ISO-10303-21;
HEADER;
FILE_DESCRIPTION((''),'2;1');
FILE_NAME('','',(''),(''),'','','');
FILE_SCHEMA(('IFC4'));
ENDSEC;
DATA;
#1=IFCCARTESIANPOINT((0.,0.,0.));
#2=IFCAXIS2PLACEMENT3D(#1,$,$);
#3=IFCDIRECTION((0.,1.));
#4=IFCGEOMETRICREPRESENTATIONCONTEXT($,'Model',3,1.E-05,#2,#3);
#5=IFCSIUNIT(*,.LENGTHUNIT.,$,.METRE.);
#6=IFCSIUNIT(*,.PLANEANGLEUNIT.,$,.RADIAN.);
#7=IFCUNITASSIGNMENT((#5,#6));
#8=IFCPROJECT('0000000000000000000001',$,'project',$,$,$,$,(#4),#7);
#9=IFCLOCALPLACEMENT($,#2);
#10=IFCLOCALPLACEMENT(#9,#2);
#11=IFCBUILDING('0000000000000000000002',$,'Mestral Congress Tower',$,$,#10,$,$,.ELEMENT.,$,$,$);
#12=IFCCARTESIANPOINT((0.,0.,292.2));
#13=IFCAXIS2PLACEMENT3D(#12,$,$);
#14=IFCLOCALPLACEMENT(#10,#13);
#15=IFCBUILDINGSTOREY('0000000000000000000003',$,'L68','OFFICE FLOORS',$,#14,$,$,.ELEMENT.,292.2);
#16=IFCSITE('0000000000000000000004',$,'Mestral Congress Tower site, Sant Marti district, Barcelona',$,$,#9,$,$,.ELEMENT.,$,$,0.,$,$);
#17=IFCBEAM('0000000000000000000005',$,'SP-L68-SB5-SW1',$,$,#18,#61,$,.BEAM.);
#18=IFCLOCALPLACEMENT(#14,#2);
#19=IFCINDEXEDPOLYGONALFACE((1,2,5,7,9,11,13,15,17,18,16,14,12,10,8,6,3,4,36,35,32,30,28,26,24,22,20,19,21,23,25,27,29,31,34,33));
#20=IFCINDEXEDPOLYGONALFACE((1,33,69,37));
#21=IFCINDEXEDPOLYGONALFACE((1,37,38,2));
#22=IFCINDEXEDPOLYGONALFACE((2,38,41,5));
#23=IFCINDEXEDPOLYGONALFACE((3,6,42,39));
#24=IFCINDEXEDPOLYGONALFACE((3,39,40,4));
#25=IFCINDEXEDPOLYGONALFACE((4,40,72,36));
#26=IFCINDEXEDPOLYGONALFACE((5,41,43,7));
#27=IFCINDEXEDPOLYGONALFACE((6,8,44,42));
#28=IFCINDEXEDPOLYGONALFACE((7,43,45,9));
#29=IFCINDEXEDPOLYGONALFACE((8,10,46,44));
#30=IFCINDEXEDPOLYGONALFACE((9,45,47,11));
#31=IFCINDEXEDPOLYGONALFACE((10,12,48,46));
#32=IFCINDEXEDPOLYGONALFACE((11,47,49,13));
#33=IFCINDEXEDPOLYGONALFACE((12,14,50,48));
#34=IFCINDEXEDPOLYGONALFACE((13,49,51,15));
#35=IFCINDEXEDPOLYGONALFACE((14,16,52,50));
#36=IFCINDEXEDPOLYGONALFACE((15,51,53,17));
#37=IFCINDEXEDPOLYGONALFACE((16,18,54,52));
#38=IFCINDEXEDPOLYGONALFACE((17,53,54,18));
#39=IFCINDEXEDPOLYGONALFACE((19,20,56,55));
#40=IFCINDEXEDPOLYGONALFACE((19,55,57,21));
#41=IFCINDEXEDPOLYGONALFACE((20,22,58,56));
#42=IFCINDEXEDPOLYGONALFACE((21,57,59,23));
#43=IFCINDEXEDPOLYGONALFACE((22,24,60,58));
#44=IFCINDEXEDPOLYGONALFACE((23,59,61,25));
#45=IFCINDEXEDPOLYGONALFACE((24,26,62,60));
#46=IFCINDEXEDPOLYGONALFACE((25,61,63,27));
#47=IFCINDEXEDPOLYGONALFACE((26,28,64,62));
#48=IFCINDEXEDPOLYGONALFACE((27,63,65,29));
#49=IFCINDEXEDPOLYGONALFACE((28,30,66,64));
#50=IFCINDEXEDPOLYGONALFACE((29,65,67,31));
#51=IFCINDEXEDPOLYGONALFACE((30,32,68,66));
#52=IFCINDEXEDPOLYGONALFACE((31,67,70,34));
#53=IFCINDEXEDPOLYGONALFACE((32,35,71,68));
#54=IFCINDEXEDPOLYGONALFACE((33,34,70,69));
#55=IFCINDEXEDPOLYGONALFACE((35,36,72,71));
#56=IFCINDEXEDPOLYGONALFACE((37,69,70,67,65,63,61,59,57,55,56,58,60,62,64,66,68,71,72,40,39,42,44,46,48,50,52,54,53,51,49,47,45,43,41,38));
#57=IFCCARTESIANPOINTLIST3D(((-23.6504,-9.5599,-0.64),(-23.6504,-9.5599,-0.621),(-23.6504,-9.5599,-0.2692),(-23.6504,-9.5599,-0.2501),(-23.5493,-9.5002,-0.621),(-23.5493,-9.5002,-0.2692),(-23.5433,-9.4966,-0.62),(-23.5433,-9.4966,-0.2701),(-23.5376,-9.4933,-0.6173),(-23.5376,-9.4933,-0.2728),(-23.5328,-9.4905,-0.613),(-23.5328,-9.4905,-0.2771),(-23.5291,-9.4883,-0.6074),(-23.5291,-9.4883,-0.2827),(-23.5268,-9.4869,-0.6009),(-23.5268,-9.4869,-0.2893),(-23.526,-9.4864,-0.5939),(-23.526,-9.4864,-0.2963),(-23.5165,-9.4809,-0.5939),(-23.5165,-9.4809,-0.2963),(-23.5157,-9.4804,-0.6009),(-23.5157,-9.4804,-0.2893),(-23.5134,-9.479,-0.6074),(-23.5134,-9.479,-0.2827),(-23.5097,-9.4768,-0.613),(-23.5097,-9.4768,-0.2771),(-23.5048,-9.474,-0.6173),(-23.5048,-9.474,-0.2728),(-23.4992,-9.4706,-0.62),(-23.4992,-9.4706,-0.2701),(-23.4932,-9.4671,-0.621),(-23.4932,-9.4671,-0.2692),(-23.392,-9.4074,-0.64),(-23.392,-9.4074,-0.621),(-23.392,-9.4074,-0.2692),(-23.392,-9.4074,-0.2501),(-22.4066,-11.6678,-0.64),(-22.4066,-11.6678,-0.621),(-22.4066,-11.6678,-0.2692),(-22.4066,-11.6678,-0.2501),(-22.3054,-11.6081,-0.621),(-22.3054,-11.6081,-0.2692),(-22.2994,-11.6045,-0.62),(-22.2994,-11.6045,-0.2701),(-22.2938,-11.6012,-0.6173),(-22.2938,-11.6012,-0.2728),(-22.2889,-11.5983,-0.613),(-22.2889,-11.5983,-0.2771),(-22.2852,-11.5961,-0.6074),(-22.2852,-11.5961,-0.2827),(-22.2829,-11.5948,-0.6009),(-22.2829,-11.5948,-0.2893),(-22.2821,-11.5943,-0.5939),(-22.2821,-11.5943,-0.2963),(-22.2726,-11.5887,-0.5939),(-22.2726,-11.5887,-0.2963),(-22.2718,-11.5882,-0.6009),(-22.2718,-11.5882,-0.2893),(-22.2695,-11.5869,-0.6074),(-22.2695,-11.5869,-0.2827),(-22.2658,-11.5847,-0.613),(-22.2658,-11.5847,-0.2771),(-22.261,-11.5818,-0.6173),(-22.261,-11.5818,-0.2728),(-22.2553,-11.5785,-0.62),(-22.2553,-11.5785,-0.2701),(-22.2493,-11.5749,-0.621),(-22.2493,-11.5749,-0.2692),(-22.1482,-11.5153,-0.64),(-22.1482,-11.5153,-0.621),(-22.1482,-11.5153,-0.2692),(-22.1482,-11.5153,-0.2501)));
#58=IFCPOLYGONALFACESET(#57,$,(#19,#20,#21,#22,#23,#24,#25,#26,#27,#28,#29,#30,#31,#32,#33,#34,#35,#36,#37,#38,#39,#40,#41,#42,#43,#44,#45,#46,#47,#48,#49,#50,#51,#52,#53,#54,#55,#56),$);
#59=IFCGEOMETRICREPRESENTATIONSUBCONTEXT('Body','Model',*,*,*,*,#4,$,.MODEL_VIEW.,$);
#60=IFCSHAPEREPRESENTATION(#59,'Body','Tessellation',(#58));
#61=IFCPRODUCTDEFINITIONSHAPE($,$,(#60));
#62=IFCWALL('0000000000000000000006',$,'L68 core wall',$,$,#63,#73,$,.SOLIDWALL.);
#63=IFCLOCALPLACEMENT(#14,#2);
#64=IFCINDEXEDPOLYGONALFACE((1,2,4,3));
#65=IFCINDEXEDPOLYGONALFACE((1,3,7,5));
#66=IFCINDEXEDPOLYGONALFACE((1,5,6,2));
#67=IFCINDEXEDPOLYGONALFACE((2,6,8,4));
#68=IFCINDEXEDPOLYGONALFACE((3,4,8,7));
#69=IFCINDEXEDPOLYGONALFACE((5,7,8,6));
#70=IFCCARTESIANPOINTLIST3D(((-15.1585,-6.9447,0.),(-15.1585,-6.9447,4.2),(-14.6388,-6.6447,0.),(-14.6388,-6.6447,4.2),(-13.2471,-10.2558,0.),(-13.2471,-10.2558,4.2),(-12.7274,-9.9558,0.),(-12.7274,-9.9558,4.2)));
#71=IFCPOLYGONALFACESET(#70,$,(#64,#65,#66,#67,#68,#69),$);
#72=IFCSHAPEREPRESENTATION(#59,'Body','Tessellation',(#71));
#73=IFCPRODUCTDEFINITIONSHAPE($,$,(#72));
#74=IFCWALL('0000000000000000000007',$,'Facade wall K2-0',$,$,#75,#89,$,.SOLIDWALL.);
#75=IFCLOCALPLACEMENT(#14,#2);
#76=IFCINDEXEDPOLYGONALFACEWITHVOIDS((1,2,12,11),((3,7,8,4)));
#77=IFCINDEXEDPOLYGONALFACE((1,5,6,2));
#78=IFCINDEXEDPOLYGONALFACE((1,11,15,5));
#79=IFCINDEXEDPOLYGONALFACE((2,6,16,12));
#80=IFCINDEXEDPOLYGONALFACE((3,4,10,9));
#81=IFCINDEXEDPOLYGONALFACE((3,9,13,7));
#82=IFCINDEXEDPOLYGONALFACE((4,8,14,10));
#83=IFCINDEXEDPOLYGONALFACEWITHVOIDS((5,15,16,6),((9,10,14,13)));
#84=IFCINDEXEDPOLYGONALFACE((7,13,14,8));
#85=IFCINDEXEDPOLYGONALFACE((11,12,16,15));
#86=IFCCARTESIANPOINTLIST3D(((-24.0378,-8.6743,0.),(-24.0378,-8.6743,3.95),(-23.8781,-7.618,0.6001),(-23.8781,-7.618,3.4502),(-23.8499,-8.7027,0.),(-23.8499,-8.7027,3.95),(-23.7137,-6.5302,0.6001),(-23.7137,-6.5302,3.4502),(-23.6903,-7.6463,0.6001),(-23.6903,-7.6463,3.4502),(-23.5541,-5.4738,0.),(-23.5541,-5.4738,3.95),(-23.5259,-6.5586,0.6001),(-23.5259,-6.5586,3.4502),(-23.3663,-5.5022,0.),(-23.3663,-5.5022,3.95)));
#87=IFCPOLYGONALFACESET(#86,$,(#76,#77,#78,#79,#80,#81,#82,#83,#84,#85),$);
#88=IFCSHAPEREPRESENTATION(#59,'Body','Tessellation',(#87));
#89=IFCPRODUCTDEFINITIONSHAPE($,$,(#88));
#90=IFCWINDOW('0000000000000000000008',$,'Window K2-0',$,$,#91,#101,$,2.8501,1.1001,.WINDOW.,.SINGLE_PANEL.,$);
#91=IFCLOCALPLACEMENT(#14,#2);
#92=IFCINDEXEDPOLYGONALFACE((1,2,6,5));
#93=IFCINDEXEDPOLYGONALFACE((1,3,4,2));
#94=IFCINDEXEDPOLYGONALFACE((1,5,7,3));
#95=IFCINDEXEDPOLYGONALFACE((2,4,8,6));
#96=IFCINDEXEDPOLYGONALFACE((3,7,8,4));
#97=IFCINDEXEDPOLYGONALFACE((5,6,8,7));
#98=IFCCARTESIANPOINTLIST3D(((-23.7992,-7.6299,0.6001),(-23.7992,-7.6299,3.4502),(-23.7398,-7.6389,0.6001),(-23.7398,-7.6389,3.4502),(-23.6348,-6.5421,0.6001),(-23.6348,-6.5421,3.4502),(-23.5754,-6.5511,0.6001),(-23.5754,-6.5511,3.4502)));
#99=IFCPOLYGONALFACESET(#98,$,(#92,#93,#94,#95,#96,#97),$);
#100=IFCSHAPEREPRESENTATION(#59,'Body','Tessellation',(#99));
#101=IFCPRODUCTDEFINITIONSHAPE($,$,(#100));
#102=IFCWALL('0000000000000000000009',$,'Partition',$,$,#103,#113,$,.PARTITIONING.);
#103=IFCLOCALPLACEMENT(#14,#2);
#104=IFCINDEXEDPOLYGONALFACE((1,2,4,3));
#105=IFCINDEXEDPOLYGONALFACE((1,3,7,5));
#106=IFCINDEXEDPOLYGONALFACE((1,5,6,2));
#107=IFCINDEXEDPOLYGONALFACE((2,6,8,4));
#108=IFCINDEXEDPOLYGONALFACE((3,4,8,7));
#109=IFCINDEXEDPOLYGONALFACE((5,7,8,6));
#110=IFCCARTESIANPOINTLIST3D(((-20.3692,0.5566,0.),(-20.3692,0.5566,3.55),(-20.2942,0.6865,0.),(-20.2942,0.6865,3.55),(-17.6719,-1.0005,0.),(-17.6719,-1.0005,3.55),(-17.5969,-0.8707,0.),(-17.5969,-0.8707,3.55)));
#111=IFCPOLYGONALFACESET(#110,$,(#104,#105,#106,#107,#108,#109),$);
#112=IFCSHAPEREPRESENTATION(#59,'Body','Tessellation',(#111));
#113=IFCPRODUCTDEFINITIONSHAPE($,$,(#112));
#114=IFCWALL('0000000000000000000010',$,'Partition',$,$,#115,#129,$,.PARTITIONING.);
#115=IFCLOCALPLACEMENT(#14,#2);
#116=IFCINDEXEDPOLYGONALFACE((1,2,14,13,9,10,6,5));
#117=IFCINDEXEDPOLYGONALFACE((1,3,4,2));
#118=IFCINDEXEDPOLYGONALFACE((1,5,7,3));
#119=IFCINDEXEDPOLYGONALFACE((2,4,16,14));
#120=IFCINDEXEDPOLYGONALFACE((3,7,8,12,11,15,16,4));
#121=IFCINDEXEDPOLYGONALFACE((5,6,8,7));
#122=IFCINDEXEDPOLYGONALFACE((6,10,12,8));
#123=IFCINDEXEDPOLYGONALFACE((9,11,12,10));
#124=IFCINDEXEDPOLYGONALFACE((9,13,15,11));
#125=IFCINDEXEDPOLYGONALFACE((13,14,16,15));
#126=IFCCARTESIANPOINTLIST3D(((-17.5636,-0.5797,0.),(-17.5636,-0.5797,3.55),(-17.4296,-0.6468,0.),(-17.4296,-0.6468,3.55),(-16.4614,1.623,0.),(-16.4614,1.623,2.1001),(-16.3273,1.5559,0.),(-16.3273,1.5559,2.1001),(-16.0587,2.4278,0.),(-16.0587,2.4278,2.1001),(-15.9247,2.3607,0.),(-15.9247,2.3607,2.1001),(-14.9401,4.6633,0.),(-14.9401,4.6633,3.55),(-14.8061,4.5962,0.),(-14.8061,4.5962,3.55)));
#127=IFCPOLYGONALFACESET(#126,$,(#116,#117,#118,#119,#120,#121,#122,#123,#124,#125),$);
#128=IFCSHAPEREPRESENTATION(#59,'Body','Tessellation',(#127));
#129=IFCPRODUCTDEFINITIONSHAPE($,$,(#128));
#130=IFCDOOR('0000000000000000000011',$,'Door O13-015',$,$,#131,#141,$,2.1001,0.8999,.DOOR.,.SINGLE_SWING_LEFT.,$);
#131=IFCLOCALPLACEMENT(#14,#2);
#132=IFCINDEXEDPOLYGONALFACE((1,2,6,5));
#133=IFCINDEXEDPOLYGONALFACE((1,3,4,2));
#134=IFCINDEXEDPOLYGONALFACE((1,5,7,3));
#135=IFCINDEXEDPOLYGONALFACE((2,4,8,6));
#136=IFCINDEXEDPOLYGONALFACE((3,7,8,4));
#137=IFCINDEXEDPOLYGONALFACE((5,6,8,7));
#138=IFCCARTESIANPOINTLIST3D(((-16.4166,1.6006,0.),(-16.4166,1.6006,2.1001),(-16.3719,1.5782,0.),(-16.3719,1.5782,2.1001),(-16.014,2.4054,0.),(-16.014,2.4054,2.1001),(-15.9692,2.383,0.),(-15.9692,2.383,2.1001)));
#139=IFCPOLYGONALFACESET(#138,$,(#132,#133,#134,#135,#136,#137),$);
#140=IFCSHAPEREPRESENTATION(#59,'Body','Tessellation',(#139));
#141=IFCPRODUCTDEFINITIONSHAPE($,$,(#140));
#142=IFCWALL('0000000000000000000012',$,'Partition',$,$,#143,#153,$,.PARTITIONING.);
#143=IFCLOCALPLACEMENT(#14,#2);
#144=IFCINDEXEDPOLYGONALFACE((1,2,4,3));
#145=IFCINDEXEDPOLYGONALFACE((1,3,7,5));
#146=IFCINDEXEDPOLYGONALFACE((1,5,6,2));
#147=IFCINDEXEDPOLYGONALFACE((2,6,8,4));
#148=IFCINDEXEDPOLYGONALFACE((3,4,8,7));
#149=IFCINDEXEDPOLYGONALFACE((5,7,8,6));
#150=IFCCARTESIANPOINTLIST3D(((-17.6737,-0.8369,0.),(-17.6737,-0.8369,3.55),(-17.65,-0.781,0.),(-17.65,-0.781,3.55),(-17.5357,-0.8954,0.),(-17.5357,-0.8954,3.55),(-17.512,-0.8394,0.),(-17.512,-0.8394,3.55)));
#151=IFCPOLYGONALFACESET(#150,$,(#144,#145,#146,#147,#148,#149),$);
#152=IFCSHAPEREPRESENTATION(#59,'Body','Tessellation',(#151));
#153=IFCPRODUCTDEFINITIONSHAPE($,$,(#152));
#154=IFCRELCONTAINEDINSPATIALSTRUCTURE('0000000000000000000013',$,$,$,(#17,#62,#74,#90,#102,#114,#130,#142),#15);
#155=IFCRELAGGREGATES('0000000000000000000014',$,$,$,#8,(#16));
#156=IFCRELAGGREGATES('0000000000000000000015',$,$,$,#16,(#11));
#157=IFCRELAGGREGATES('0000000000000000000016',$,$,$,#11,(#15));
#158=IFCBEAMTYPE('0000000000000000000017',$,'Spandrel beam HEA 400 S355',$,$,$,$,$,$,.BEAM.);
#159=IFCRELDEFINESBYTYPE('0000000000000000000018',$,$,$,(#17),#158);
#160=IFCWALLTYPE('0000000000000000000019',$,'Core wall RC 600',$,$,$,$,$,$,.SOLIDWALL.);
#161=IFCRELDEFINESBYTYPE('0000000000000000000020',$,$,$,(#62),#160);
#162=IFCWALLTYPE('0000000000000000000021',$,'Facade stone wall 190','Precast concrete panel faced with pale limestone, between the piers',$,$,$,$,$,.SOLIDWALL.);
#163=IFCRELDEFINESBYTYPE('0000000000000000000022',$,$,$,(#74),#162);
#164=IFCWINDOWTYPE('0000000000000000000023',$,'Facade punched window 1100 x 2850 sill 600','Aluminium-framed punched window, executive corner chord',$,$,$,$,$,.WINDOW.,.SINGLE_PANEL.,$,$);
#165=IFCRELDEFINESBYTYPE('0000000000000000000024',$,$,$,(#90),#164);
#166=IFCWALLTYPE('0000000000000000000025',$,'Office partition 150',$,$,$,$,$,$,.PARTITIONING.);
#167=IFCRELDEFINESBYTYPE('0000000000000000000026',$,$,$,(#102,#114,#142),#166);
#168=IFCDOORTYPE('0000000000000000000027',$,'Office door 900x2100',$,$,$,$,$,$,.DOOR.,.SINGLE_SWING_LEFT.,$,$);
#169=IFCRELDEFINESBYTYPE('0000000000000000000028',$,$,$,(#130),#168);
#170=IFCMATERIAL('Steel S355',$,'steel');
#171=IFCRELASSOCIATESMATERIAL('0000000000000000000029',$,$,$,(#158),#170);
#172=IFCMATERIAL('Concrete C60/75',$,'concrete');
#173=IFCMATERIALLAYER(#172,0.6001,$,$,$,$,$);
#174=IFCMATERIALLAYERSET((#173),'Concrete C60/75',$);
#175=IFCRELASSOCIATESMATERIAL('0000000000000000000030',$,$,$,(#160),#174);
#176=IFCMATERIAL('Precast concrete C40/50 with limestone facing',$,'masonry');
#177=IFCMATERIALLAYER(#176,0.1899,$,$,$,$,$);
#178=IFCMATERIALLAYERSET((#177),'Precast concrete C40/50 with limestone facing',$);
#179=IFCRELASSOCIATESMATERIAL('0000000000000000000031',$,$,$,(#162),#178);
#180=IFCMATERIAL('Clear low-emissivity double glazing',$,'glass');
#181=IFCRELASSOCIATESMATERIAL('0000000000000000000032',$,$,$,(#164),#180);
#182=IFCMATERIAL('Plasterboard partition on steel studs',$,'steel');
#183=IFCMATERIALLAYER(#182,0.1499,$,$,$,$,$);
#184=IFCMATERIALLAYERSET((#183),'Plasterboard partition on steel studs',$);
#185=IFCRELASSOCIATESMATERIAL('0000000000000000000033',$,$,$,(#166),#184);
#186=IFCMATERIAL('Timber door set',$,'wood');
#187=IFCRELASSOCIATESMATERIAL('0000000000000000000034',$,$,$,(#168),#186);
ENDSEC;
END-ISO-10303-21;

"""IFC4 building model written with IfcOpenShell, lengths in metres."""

from ifc_helpers import new_model, si_unit, direction, frame, frame_2d, origin, origin_2d, place, context, subcontext, project, spatial, rectangle, i_section, extrude, material, layer, layer_set, material_profile, profile_set, type_object, element, fill, save


model = new_model("IFC4")

# Units and contexts
model_context = context("Model", 3, precision=1e-05, world=origin(), true_north=direction((0.0, 1.0)))
body_context = subcontext(model_context, "Body", "Model", "MODEL_VIEW")
ifc_project = project(units=[si_unit("LENGTHUNIT", "METRE"), si_unit("PLANEANGLEUNIT", "RADIAN")], contexts=[model_context])

# Site, building, storey
site_placement = place(None, origin())
site = spatial("IfcSite", under=ifc_project, at=site_placement, Name="Mestral Congress Tower site, Sant Marti district, Barcelona", CompositionType="ELEMENT", RefElevation=0.0)
building_placement = place(site_placement, origin())
building = spatial("IfcBuilding", under=site, at=building_placement, Name="Mestral Congress Tower", CompositionType="ELEMENT")
storey_placement = place(building_placement, frame((0.0, 0.0, 292.2)))
storey = spatial("IfcBuildingStorey", under=building, at=storey_placement, Name="L68", Description="OFFICE FLOORS", CompositionType="ELEMENT", Elevation=292.2)

# Shared definitions
ifc_material_1 = material(Name="Concrete C60/75", Category="concrete")

# Beam
ifc_material_2 = material(Name="Steel S355", Category="steel")
ifc_material_profile_1 = material_profile(ifc_material_2, i_section(OverallWidth=0.3, OverallDepth=0.3899, WebThickness=0.011, FlangeThickness=0.019, FilletRadius=0.0271, at=origin_2d()), Name="HEA 400")
ifc_profile_set_1 = profile_set([ifc_material_profile_1], Name="Steel S355")
beam_type_1 = type_object("IfcBeamType", Name="Spandrel beam HEA 400 S355", PredefinedType="BEAM", material=ifc_profile_set_1)
beam_1_placement = place(storey_placement, frame((-23.5212, -9.4836, -0.4451), z_axis=(0.508218, -0.861228, 0.0), x_axis=(0.861228, 0.508218, 0.0)))
element("IfcBeam", 1, at=beam_1_placement, inside=storey, type_object=beam_type_1, Name="SP-L68-SB5-SW1", PredefinedType="BEAM", context=body_context, shape_type="SweptSolid", body=[
    extrude(i_section(OverallWidth=0.3, OverallDepth=0.3899, WebThickness=0.011, FlangeThickness=0.019, FilletRadius=0.0271, at=origin_2d()), origin(), (0.0, 0.0, 1.0), 2.4475),
])

# Wall
ifc_layer_1 = layer(ifc_material_1, 0.6001)
ifc_layer_set_1 = layer_set([ifc_layer_1], Name="Concrete C60/75")
wall_type_1 = type_object("IfcWallType", Name="Core wall RC 600", PredefinedType="SOLIDWALL", material=ifc_layer_set_1)
wall_1_placement = place(storey_placement, frame((-14.8987, -6.7947, 0.0), z_axis=(0.0, 0.0, 1.0), x_axis=(0.499951, -0.866054, 0.0)))
element("IfcWall", 2, at=wall_1_placement, inside=storey, type_object=wall_type_1, Name="L68 core wall", PredefinedType="SOLIDWALL", context=body_context, shape_type="SweptSolid", body=[
    extrude(rectangle(XDim=3.8232, YDim=0.6001, at=frame_2d((1.9116, 0.0))), origin(), (0.0, 0.0, 1.0), 4.2),
])

# Wall, opening, window
ifc_material_3 = material(Name="Precast concrete C40/50 with limestone facing", Category="masonry")
ifc_layer_2 = layer(ifc_material_3, 0.1899)
ifc_layer_set_2 = layer_set([ifc_layer_2], Name="Precast concrete C40/50 with limestone facing")
wall_type_2 = type_object("IfcWallType", Name="Facade stone wall 190", Description="Precast concrete panel faced with pale limestone, between the piers", PredefinedType="SOLIDWALL", material=ifc_layer_set_2)
wall_2_placement = place(storey_placement, frame((-23.4602, -5.488, 0.0), z_axis=(0.0, 0.0, 1.0), x_axis=(-0.149421, -0.988774, 0.0)))
wall_2 = element("IfcWall", 3, at=wall_2_placement, inside=storey, type_object=wall_type_2, Name="Facade wall K2-0", PredefinedType="SOLIDWALL", context=body_context, shape_type="SweptSolid", body=[
    extrude(rectangle(XDim=3.2368, YDim=0.1899, at=frame_2d((1.6184, 0.0))), origin(), (0.0, 0.0, 1.0), 3.95),
])
opening_1_placement = place(wall_2_placement, frame((1.0684, 0.0, 0.6001)))
opening_1 = element("IfcOpeningElement", 4, at=opening_1_placement, cuts=wall_2, PredefinedType="OPENING", context=body_context, shape_type="SweptSolid", body=[
    extrude(rectangle(XDim=1.1001, YDim=2.8501, at=frame_2d((0.55, 1.425))), frame((0.0, 0.105, 0.0), z_axis=(0.0, -1.0, 0.0), x_axis=(1.0, 0.0, 0.0)), (0.0, 0.0, 1.0), 0.21),
])
ifc_material_4 = material(Name="Clear low-emissivity double glazing", Category="glass")
window_type = type_object("IfcWindowType", Name="Facade punched window 1100 x 2850 sill 600", Description="Aluminium-framed punched window, executive corner chord", PartitioningType="SINGLE_PANEL", PredefinedType="WINDOW", material=ifc_material_4)
window_placement = place(opening_1_placement, origin())
window = element("IfcWindow", 5, at=window_placement, inside=storey, type_object=window_type, Name="Window K2-0", OverallHeight=2.8501, OverallWidth=1.1001, PartitioningType="SINGLE_PANEL", PredefinedType="WINDOW", context=body_context, shape_type="SweptSolid", body=[
    extrude(rectangle(XDim=1.1001, YDim=2.8501, at=frame_2d((0.55, 1.425))), frame((0.0, 0.0449, 0.0), z_axis=(0.0, -1.0, 0.0), x_axis=(1.0, 0.0, 0.0)), (0.0, 0.0, 1.0), 0.0601),
])
fill(opening_1, window)

# Wall
ifc_material_5 = material(Name="Plasterboard partition on steel studs", Category="steel")
ifc_layer_3 = layer(ifc_material_5, 0.1499)
ifc_layer_set_3 = layer_set([ifc_layer_3], Name="Plasterboard partition on steel studs")
wall_type_3 = type_object("IfcWallType", Name="Office partition 150", PredefinedType="PARTITIONING", material=ifc_layer_set_3)
wall_3_placement = place(storey_placement, frame((-17.6345, -0.9355, 0.0), z_axis=(0.0, 0.0, 1.0), x_axis=(-0.866045, 0.499967, 0.0)))
element("IfcWall", 6, at=wall_3_placement, inside=storey, type_object=wall_type_3, Name="Partition", PredefinedType="PARTITIONING", context=body_context, shape_type="SweptSolid", body=[
    extrude(rectangle(XDim=3.1145, YDim=0.1499, at=frame_2d((1.5571, 0.0))), origin(), (0.0, 0.0, 1.0), 3.55),
])

# Wall, opening, door
wall_4_placement = place(storey_placement, frame((-17.4966, -0.6133, 0.0), z_axis=(0.0, 0.0, 1.0), x_axis=(0.44748, 0.894294, 0.0)))
wall_4 = element("IfcWall", 7, at=wall_4_placement, inside=storey, type_object=wall_type_3, Name="Partition", PredefinedType="PARTITIONING", context=body_context, shape_type="SweptSolid", body=[
    extrude(rectangle(XDim=5.8628, YDim=0.1499, at=frame_2d((2.9314, 0.0))), origin(), (0.0, 0.0, 1.0), 3.55),
])
opening_2_placement = place(wall_4_placement, frame((2.4631, 0.0, 0.0)))
opening_2 = element("IfcOpeningElement", 8, at=opening_2_placement, cuts=wall_4, PredefinedType="OPENING", context=body_context, shape_type="SweptSolid", body=[
    extrude(rectangle(XDim=0.8999, YDim=2.1001, at=frame_2d((0.45, 1.05))), frame((0.0, 0.085, 0.0), z_axis=(0.0, -1.0, 0.0), x_axis=(1.0, 0.0, 0.0)), (0.0, 0.0, 1.0), 0.1699),
])
ifc_material_6 = material(Name="Timber door set", Category="wood")
door_type = type_object("IfcDoorType", Name="Office door 900x2100", OperationType="SINGLE_SWING_LEFT", PredefinedType="DOOR", material=ifc_material_6)
door_1_placement = place(opening_2_placement, origin())
door_1 = element("IfcDoor", 9, at=door_1_placement, inside=storey, type_object=door_type, Name="Door O13-015", OperationType="SINGLE_SWING_LEFT", OverallHeight=2.1001, OverallWidth=0.8999, PredefinedType="DOOR", context=body_context, shape_type="SweptSolid", body=[
    extrude(rectangle(XDim=0.8999, YDim=2.1001, at=frame_2d((0.45, 1.05))), frame((0.0, 0.0249, 0.0), z_axis=(0.0, -1.0, 0.0), x_axis=(1.0, 0.0, 0.0)), (0.0, 0.0, 1.0), 0.05),
])
fill(opening_2, door_1)

# Wall
wall_5_placement = place(storey_placement, frame((-17.5811, -0.8103, 0.0), z_axis=(0.0, 0.0, 1.0), x_axis=(-0.390033, -0.920801, 0.0)))
element("IfcWall", 10, at=wall_5_placement, inside=storey, type_object=wall_type_3, Name="Partition", PredefinedType="PARTITIONING", context=body_context, shape_type="SweptSolid", body=[
    extrude(rectangle(XDim=0.0608, YDim=0.1499, at=frame_2d((0.0303, 0.0))), origin(), (0.0, 0.0, 1.0), 3.55),
])

save(model, "model.ifc")
